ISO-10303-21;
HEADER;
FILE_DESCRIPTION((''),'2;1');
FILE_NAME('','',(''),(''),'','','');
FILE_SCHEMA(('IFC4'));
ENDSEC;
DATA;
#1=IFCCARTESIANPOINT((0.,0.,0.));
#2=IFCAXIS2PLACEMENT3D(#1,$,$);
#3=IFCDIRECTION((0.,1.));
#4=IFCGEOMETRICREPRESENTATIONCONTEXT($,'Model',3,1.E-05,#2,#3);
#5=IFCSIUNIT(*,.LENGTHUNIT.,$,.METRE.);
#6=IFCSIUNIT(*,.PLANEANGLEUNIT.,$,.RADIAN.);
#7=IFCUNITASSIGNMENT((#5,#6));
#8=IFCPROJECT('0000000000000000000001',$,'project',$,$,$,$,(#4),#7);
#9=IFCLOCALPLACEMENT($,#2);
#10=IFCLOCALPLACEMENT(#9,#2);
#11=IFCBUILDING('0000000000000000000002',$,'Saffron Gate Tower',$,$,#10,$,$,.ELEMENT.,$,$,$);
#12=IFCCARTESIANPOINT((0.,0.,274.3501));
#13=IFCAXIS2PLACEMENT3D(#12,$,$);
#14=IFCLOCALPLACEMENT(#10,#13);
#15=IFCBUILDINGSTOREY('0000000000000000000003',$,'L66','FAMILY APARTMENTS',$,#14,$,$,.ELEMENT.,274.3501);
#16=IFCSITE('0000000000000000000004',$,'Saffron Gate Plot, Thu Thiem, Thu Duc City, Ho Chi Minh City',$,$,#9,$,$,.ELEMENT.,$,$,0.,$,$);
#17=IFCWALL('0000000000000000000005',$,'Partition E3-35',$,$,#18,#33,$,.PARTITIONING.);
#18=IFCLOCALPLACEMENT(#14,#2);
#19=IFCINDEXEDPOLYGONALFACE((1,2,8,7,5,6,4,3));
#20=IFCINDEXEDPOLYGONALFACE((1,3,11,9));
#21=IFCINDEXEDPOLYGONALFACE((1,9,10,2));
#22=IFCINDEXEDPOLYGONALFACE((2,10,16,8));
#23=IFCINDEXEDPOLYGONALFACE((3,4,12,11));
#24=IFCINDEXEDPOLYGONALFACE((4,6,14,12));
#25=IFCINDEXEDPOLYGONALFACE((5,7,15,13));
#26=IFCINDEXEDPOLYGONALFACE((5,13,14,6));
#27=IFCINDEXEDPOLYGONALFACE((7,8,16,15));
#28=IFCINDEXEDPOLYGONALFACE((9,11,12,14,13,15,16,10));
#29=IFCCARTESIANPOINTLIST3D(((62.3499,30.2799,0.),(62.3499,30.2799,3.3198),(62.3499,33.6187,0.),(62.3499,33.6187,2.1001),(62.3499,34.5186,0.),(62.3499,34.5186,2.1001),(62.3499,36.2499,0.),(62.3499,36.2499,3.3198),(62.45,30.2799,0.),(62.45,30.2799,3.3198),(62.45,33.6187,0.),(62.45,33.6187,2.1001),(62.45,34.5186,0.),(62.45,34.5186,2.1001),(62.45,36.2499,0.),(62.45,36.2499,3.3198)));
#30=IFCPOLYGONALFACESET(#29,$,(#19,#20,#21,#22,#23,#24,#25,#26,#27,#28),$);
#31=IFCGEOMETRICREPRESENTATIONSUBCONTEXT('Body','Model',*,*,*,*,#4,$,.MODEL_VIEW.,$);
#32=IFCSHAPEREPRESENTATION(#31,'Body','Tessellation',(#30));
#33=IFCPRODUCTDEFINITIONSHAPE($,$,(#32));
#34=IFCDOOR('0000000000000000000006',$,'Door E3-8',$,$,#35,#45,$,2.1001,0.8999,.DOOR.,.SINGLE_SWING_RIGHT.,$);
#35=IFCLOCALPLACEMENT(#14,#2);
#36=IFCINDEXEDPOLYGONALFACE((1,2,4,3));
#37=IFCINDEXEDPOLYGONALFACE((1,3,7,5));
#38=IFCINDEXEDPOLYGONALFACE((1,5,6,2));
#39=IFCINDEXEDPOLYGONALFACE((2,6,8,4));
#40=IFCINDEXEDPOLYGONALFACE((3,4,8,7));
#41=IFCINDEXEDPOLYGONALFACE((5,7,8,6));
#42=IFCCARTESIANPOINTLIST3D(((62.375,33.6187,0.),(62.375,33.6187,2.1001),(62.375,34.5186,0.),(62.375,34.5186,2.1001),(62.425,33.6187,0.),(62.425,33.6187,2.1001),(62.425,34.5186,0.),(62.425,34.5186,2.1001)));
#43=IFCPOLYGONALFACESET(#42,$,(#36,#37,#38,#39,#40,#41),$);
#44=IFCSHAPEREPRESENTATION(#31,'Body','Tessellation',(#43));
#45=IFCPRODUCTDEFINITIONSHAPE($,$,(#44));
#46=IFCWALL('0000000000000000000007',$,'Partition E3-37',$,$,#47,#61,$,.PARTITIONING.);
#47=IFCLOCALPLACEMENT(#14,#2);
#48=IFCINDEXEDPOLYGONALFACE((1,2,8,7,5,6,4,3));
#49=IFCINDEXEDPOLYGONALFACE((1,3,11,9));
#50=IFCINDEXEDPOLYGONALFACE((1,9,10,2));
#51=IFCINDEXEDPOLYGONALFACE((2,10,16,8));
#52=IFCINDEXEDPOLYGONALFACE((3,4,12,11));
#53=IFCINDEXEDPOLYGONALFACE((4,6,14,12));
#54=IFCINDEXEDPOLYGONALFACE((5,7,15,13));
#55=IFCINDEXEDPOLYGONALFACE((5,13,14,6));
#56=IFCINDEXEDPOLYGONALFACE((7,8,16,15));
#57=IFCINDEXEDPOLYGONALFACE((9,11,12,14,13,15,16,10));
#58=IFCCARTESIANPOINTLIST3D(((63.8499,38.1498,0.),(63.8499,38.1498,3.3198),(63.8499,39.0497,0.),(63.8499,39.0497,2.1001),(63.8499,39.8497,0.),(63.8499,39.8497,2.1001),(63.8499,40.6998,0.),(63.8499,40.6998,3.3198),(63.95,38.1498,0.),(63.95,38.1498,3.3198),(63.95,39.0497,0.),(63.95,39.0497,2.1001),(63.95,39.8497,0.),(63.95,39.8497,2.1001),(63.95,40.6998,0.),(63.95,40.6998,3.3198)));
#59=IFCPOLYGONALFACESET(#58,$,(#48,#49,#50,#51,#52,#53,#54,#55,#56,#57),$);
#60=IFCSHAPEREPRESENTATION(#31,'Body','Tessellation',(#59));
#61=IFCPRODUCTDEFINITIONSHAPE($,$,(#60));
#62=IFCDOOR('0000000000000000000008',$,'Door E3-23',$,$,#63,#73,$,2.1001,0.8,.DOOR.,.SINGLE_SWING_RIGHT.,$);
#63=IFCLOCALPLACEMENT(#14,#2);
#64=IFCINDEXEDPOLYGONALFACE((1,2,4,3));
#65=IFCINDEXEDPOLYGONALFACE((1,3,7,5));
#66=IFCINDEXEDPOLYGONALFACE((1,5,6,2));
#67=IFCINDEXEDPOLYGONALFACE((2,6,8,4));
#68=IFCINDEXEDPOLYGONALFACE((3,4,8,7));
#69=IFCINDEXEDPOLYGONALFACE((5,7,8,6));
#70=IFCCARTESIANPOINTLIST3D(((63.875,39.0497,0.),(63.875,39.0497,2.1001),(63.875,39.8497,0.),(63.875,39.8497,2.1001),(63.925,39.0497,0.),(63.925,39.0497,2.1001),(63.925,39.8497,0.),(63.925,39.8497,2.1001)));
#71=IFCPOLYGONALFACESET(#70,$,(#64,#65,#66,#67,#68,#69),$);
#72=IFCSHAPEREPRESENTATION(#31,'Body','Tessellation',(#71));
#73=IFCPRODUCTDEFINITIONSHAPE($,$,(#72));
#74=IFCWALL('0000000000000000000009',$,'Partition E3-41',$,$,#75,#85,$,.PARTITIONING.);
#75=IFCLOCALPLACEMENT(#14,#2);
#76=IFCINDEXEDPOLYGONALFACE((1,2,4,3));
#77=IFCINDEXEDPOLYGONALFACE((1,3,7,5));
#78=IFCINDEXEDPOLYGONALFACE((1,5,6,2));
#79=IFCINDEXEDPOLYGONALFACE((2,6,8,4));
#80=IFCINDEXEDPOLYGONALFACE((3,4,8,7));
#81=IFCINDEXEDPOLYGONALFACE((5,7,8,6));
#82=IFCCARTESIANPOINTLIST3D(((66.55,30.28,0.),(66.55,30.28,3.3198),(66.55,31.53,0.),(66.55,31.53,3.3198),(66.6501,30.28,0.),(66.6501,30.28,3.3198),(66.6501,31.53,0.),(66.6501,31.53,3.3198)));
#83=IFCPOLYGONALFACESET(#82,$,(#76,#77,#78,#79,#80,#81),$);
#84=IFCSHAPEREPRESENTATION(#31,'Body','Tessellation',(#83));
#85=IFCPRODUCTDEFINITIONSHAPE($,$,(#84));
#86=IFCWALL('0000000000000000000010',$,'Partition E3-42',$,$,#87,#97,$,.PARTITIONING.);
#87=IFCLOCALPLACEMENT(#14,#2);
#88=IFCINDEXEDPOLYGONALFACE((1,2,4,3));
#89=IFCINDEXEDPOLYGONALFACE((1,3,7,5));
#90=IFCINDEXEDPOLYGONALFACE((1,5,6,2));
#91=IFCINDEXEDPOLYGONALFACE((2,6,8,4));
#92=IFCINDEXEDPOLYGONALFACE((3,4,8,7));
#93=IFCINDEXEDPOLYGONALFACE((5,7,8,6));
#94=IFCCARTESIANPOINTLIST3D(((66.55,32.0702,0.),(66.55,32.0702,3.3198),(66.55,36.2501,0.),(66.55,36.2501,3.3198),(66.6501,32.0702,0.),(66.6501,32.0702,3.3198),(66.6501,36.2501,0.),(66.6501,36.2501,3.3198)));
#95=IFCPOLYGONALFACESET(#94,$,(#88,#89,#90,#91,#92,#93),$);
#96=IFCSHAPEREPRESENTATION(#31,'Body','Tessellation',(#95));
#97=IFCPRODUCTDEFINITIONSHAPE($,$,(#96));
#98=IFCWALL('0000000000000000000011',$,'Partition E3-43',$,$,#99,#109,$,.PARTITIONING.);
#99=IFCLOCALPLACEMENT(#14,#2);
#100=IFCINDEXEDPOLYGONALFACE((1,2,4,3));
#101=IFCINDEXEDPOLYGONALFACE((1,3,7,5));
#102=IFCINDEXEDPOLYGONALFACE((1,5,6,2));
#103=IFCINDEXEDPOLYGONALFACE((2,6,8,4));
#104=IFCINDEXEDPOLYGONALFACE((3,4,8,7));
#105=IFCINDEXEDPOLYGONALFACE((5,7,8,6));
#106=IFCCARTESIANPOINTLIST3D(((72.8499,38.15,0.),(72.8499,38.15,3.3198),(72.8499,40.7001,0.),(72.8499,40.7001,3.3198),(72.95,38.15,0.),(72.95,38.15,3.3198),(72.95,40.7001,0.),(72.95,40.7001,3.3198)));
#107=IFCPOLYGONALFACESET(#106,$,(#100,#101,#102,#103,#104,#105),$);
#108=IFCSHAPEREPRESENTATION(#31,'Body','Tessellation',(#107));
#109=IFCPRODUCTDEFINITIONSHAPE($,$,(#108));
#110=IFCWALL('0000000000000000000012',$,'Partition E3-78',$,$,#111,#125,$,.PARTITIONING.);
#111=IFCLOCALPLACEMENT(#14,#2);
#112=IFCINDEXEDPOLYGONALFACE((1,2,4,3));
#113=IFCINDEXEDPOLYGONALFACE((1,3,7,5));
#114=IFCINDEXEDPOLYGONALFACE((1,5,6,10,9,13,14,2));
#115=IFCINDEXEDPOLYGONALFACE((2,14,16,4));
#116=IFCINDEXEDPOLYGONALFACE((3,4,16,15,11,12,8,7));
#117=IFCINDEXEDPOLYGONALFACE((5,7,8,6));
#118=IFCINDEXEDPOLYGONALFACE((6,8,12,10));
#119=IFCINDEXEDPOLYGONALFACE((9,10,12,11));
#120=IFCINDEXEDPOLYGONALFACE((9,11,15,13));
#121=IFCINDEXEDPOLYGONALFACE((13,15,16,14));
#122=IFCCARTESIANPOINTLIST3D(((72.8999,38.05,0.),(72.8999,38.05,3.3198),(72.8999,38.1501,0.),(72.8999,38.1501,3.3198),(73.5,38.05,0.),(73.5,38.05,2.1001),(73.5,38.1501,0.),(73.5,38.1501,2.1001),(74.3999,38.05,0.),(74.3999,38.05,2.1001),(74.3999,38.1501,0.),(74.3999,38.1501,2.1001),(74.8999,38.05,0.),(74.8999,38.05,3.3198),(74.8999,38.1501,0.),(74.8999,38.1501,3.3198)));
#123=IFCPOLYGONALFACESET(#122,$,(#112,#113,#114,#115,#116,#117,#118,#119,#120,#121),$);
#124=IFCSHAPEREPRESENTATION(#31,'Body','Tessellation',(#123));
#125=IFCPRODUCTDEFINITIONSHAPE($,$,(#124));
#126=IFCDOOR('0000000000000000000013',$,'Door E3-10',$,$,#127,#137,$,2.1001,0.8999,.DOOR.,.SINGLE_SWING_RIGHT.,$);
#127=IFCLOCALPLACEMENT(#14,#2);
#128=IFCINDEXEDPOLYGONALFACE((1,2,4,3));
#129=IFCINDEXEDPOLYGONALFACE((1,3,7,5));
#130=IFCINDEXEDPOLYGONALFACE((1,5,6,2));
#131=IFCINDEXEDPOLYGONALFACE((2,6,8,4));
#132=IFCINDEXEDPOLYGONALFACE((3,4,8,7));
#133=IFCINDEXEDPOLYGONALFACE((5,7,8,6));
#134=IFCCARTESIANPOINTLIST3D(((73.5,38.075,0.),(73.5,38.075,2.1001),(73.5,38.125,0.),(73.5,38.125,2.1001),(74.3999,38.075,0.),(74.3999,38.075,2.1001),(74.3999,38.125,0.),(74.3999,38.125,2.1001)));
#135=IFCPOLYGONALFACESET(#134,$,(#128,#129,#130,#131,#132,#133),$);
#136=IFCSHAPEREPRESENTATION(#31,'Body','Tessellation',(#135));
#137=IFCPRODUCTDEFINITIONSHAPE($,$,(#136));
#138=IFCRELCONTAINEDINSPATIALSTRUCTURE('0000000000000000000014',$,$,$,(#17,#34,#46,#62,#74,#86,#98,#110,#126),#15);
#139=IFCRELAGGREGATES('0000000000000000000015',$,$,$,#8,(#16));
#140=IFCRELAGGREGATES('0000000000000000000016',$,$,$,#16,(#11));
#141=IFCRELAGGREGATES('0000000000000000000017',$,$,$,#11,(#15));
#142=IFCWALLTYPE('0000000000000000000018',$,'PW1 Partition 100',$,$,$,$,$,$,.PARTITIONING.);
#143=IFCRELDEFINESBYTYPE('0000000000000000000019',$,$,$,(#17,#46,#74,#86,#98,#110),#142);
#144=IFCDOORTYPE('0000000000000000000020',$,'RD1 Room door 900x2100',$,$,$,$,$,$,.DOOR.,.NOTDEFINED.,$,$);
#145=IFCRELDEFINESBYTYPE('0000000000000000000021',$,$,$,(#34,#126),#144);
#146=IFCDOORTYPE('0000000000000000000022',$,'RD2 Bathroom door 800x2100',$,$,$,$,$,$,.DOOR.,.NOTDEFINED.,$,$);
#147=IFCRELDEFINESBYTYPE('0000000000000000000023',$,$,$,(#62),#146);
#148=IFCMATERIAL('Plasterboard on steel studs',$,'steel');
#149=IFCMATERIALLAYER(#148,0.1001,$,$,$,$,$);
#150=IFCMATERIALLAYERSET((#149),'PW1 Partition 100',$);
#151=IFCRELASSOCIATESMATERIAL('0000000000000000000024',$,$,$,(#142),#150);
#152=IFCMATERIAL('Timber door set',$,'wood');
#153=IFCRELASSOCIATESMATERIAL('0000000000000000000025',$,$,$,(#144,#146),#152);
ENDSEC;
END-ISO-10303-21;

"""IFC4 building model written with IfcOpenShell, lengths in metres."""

from ifc_helpers import new_model, si_unit, direction, frame, frame_2d, origin, place, context, subcontext, project, spatial, rectangle, extrude, material, layer, layer_set, type_object, element, fill, save


model = new_model("IFC4")

# Units and contexts
model_context = context("Model", 3, precision=1e-05, world=origin(), true_north=direction((0.0, 1.0)))
body_context = subcontext(model_context, "Body", "Model", "MODEL_VIEW")
ifc_project = project(units=[si_unit("LENGTHUNIT", "METRE"), si_unit("PLANEANGLEUNIT", "RADIAN")], contexts=[model_context])

# Site, building, storey
site_placement = place(None, origin())
site = spatial("IfcSite", under=ifc_project, at=site_placement, Name="Saffron Gate Plot, Thu Thiem, Thu Duc City, Ho Chi Minh City", CompositionType="ELEMENT", RefElevation=0.0)
building_placement = place(site_placement, origin())
building = spatial("IfcBuilding", under=site, at=building_placement, Name="Saffron Gate Tower", CompositionType="ELEMENT")
storey_placement = place(building_placement, frame((0.0, 0.0, 274.3501)))
storey = spatial("IfcBuildingStorey", under=building, at=storey_placement, Name="L66", Description="FAMILY APARTMENTS", CompositionType="ELEMENT", Elevation=274.3501)

# Shared definitions
ifc_material_1 = material(Name="Plasterboard on steel studs", Category="steel")
ifc_layer_1 = layer(ifc_material_1, 0.1001)
ifc_layer_set_1 = layer_set([ifc_layer_1], Name="PW1 Partition 100")
wall_type_1 = type_object("IfcWallType", Name="PW1 Partition 100", PredefinedType="PARTITIONING", material=ifc_layer_set_1)

# Walls, openings, doors
wall_1_placement = place(storey_placement, frame((62.3999, 30.28, 0.0), z_axis=(0.0, 0.0, 1.0), x_axis=(0.0, 1.0, 0.0)))
wall_1 = element("IfcWall", 1, at=wall_1_placement, inside=storey, type_object=wall_type_1, Name="Partition E3-35", PredefinedType="PARTITIONING", context=body_context, shape_type="SweptSolid", body=[
    extrude(rectangle(XDim=5.97, YDim=0.1001, at=frame_2d((2.9849, 0.0))), origin(), (0.0, 0.0, 1.0), 3.3198),
])
opening_1_placement = place(wall_1_placement, frame((3.3386, 0.0, 0.0)))
opening_1 = element("IfcOpeningElement", 2, at=opening_1_placement, cuts=wall_1, PredefinedType="OPENING", context=body_context, shape_type="SweptSolid", body=[
    extrude(rectangle(XDim=0.8999, YDim=2.1001, at=frame_2d((0.45, 1.05))), frame((0.0, 0.0601, 0.0), z_axis=(0.0, -1.0, 0.0), x_axis=(1.0, 0.0, 0.0)), (0.0, 0.0, 1.0), 0.1201),
])
ifc_material_2 = material(Name="Timber door set", Category="wood")
door_type_1 = type_object("IfcDoorType", Name="RD1 Room door 900x2100", OperationType="NOTDEFINED", PredefinedType="DOOR", material=ifc_material_2)
door_1_placement = place(opening_1_placement, origin())
door_1 = element("IfcDoor", 3, at=door_1_placement, inside=storey, type_object=door_type_1, Name="Door E3-8", OperationType="SINGLE_SWING_RIGHT", OverallHeight=2.1001, OverallWidth=0.8999, PredefinedType="DOOR", context=body_context, shape_type="SweptSolid", body=[
    extrude(rectangle(XDim=0.8999, YDim=2.1001, at=frame_2d((0.45, 1.05))), frame((0.0, 0.0249, 0.0), z_axis=(0.0, -1.0, 0.0), x_axis=(1.0, 0.0, 0.0)), (0.0, 0.0, 1.0), 0.05),
])
fill(opening_1, door_1)
wall_2_placement = place(storey_placement, frame((63.8999, 38.1499, 0.0), z_axis=(0.0, 0.0, 1.0), x_axis=(0.0, 1.0, 0.0)))
wall_2 = element("IfcWall", 4, at=wall_2_placement, inside=storey, type_object=wall_type_1, Name="Partition E3-37", PredefinedType="PARTITIONING", context=body_context, shape_type="SweptSolid", body=[
    extrude(rectangle(XDim=2.55, YDim=0.1001, at=frame_2d((1.2749, 0.0))), origin(), (0.0, 0.0, 1.0), 3.3198),
])
opening_2_placement = place(wall_2_placement, frame((0.8999, 0.0, 0.0)))
opening_2 = element("IfcOpeningElement", 5, at=opening_2_placement, cuts=wall_2, PredefinedType="OPENING", context=body_context, shape_type="SweptSolid", body=[
    extrude(rectangle(XDim=0.8, YDim=2.1001, at=frame_2d((0.3999, 1.05))), frame((0.0, 0.0601, 0.0), z_axis=(0.0, -1.0, 0.0), x_axis=(1.0, 0.0, 0.0)), (0.0, 0.0, 1.0), 0.1201),
])
door_type_2 = type_object("IfcDoorType", Name="RD2 Bathroom door 800x2100", OperationType="NOTDEFINED", PredefinedType="DOOR", material=ifc_material_2)
door_2_placement = place(opening_2_placement, origin())
door_2 = element("IfcDoor", 6, at=door_2_placement, inside=storey, type_object=door_type_2, Name="Door E3-23", OperationType="SINGLE_SWING_RIGHT", OverallHeight=2.1001, OverallWidth=0.8, PredefinedType="DOOR", context=body_context, shape_type="SweptSolid", body=[
    extrude(rectangle(XDim=0.8, YDim=2.1001, at=frame_2d((0.3999, 1.05))), frame((0.0, 0.0249, 0.0), z_axis=(0.0, -1.0, 0.0), x_axis=(1.0, 0.0, 0.0)), (0.0, 0.0, 1.0), 0.05),
])
fill(opening_2, door_2)

# Walls
wall_3_placement = place(storey_placement, frame((66.6001, 31.53, 0.0), z_axis=(0.0, 0.0, 1.0), x_axis=(0.0, -1.0, 0.0)))
element("IfcWall", 7, at=wall_3_placement, inside=storey, type_object=wall_type_1, Name="Partition E3-41", PredefinedType="PARTITIONING", context=body_context, shape_type="SweptSolid", body=[
    extrude(rectangle(XDim=1.25, YDim=0.1001, at=frame_2d((0.625, 0.0))), origin(), (0.0, 0.0, 1.0), 3.3198),
])
wall_4_placement = place(storey_placement, frame((66.6001, 36.25, 0.0), z_axis=(0.0, 0.0, 1.0), x_axis=(0.0, -1.0, 0.0)))
element("IfcWall", 8, at=wall_4_placement, inside=storey, type_object=wall_type_1, Name="Partition E3-42", PredefinedType="PARTITIONING", context=body_context, shape_type="SweptSolid", body=[
    extrude(rectangle(XDim=4.1799, YDim=0.1001, at=frame_2d((2.0898, 0.0))), origin(), (0.0, 0.0, 1.0), 3.3198),
])
wall_5_placement = place(storey_placement, frame((72.8999, 40.7, 0.0), z_axis=(0.0, 0.0, 1.0), x_axis=(0.0, -1.0, 0.0)))
element("IfcWall", 9, at=wall_5_placement, inside=storey, type_object=wall_type_1, Name="Partition E3-43", PredefinedType="PARTITIONING", context=body_context, shape_type="SweptSolid", body=[
    extrude(rectangle(XDim=2.55, YDim=0.1001, at=frame_2d((1.2749, 0.0))), origin(), (0.0, 0.0, 1.0), 3.3198),
])

# Wall, opening, door
wall_6_placement = place(storey_placement, frame((72.8999, 38.1001, 0.0), z_axis=(0.0, 0.0, 1.0), x_axis=(1.0, 0.0, 0.0)))
wall_6 = element("IfcWall", 10, at=wall_6_placement, inside=storey, type_object=wall_type_1, Name="Partition E3-78", PredefinedType="PARTITIONING", context=body_context, shape_type="SweptSolid", body=[
    extrude(rectangle(XDim=2.0, YDim=0.1001, at=frame_2d((1.0, 0.0))), origin(), (0.0, 0.0, 1.0), 3.3198),
])
opening_3_placement = place(wall_6_placement, frame((0.6001, 0.0, 0.0)))
opening_3 = element("IfcOpeningElement", 11, at=opening_3_placement, cuts=wall_6, PredefinedType="OPENING", context=body_context, shape_type="SweptSolid", body=[
    extrude(rectangle(XDim=0.8999, YDim=2.1001, at=frame_2d((0.45, 1.05))), frame((0.0, 0.0601, 0.0), z_axis=(0.0, -1.0, 0.0), x_axis=(1.0, 0.0, 0.0)), (0.0, 0.0, 1.0), 0.1201),
])
door_3_placement = place(opening_3_placement, origin())
door_3 = element("IfcDoor", 12, at=door_3_placement, inside=storey, type_object=door_type_1, Name="Door E3-10", OperationType="SINGLE_SWING_RIGHT", OverallHeight=2.1001, OverallWidth=0.8999, PredefinedType="DOOR", context=body_context, shape_type="SweptSolid", body=[
    extrude(rectangle(XDim=0.8999, YDim=2.1001, at=frame_2d((0.45, 1.05))), frame((0.0, 0.0249, 0.0), z_axis=(0.0, -1.0, 0.0), x_axis=(1.0, 0.0, 0.0)), (0.0, 0.0, 1.0), 0.05),
])
fill(opening_3, door_3)

save(model, "model.ifc")
